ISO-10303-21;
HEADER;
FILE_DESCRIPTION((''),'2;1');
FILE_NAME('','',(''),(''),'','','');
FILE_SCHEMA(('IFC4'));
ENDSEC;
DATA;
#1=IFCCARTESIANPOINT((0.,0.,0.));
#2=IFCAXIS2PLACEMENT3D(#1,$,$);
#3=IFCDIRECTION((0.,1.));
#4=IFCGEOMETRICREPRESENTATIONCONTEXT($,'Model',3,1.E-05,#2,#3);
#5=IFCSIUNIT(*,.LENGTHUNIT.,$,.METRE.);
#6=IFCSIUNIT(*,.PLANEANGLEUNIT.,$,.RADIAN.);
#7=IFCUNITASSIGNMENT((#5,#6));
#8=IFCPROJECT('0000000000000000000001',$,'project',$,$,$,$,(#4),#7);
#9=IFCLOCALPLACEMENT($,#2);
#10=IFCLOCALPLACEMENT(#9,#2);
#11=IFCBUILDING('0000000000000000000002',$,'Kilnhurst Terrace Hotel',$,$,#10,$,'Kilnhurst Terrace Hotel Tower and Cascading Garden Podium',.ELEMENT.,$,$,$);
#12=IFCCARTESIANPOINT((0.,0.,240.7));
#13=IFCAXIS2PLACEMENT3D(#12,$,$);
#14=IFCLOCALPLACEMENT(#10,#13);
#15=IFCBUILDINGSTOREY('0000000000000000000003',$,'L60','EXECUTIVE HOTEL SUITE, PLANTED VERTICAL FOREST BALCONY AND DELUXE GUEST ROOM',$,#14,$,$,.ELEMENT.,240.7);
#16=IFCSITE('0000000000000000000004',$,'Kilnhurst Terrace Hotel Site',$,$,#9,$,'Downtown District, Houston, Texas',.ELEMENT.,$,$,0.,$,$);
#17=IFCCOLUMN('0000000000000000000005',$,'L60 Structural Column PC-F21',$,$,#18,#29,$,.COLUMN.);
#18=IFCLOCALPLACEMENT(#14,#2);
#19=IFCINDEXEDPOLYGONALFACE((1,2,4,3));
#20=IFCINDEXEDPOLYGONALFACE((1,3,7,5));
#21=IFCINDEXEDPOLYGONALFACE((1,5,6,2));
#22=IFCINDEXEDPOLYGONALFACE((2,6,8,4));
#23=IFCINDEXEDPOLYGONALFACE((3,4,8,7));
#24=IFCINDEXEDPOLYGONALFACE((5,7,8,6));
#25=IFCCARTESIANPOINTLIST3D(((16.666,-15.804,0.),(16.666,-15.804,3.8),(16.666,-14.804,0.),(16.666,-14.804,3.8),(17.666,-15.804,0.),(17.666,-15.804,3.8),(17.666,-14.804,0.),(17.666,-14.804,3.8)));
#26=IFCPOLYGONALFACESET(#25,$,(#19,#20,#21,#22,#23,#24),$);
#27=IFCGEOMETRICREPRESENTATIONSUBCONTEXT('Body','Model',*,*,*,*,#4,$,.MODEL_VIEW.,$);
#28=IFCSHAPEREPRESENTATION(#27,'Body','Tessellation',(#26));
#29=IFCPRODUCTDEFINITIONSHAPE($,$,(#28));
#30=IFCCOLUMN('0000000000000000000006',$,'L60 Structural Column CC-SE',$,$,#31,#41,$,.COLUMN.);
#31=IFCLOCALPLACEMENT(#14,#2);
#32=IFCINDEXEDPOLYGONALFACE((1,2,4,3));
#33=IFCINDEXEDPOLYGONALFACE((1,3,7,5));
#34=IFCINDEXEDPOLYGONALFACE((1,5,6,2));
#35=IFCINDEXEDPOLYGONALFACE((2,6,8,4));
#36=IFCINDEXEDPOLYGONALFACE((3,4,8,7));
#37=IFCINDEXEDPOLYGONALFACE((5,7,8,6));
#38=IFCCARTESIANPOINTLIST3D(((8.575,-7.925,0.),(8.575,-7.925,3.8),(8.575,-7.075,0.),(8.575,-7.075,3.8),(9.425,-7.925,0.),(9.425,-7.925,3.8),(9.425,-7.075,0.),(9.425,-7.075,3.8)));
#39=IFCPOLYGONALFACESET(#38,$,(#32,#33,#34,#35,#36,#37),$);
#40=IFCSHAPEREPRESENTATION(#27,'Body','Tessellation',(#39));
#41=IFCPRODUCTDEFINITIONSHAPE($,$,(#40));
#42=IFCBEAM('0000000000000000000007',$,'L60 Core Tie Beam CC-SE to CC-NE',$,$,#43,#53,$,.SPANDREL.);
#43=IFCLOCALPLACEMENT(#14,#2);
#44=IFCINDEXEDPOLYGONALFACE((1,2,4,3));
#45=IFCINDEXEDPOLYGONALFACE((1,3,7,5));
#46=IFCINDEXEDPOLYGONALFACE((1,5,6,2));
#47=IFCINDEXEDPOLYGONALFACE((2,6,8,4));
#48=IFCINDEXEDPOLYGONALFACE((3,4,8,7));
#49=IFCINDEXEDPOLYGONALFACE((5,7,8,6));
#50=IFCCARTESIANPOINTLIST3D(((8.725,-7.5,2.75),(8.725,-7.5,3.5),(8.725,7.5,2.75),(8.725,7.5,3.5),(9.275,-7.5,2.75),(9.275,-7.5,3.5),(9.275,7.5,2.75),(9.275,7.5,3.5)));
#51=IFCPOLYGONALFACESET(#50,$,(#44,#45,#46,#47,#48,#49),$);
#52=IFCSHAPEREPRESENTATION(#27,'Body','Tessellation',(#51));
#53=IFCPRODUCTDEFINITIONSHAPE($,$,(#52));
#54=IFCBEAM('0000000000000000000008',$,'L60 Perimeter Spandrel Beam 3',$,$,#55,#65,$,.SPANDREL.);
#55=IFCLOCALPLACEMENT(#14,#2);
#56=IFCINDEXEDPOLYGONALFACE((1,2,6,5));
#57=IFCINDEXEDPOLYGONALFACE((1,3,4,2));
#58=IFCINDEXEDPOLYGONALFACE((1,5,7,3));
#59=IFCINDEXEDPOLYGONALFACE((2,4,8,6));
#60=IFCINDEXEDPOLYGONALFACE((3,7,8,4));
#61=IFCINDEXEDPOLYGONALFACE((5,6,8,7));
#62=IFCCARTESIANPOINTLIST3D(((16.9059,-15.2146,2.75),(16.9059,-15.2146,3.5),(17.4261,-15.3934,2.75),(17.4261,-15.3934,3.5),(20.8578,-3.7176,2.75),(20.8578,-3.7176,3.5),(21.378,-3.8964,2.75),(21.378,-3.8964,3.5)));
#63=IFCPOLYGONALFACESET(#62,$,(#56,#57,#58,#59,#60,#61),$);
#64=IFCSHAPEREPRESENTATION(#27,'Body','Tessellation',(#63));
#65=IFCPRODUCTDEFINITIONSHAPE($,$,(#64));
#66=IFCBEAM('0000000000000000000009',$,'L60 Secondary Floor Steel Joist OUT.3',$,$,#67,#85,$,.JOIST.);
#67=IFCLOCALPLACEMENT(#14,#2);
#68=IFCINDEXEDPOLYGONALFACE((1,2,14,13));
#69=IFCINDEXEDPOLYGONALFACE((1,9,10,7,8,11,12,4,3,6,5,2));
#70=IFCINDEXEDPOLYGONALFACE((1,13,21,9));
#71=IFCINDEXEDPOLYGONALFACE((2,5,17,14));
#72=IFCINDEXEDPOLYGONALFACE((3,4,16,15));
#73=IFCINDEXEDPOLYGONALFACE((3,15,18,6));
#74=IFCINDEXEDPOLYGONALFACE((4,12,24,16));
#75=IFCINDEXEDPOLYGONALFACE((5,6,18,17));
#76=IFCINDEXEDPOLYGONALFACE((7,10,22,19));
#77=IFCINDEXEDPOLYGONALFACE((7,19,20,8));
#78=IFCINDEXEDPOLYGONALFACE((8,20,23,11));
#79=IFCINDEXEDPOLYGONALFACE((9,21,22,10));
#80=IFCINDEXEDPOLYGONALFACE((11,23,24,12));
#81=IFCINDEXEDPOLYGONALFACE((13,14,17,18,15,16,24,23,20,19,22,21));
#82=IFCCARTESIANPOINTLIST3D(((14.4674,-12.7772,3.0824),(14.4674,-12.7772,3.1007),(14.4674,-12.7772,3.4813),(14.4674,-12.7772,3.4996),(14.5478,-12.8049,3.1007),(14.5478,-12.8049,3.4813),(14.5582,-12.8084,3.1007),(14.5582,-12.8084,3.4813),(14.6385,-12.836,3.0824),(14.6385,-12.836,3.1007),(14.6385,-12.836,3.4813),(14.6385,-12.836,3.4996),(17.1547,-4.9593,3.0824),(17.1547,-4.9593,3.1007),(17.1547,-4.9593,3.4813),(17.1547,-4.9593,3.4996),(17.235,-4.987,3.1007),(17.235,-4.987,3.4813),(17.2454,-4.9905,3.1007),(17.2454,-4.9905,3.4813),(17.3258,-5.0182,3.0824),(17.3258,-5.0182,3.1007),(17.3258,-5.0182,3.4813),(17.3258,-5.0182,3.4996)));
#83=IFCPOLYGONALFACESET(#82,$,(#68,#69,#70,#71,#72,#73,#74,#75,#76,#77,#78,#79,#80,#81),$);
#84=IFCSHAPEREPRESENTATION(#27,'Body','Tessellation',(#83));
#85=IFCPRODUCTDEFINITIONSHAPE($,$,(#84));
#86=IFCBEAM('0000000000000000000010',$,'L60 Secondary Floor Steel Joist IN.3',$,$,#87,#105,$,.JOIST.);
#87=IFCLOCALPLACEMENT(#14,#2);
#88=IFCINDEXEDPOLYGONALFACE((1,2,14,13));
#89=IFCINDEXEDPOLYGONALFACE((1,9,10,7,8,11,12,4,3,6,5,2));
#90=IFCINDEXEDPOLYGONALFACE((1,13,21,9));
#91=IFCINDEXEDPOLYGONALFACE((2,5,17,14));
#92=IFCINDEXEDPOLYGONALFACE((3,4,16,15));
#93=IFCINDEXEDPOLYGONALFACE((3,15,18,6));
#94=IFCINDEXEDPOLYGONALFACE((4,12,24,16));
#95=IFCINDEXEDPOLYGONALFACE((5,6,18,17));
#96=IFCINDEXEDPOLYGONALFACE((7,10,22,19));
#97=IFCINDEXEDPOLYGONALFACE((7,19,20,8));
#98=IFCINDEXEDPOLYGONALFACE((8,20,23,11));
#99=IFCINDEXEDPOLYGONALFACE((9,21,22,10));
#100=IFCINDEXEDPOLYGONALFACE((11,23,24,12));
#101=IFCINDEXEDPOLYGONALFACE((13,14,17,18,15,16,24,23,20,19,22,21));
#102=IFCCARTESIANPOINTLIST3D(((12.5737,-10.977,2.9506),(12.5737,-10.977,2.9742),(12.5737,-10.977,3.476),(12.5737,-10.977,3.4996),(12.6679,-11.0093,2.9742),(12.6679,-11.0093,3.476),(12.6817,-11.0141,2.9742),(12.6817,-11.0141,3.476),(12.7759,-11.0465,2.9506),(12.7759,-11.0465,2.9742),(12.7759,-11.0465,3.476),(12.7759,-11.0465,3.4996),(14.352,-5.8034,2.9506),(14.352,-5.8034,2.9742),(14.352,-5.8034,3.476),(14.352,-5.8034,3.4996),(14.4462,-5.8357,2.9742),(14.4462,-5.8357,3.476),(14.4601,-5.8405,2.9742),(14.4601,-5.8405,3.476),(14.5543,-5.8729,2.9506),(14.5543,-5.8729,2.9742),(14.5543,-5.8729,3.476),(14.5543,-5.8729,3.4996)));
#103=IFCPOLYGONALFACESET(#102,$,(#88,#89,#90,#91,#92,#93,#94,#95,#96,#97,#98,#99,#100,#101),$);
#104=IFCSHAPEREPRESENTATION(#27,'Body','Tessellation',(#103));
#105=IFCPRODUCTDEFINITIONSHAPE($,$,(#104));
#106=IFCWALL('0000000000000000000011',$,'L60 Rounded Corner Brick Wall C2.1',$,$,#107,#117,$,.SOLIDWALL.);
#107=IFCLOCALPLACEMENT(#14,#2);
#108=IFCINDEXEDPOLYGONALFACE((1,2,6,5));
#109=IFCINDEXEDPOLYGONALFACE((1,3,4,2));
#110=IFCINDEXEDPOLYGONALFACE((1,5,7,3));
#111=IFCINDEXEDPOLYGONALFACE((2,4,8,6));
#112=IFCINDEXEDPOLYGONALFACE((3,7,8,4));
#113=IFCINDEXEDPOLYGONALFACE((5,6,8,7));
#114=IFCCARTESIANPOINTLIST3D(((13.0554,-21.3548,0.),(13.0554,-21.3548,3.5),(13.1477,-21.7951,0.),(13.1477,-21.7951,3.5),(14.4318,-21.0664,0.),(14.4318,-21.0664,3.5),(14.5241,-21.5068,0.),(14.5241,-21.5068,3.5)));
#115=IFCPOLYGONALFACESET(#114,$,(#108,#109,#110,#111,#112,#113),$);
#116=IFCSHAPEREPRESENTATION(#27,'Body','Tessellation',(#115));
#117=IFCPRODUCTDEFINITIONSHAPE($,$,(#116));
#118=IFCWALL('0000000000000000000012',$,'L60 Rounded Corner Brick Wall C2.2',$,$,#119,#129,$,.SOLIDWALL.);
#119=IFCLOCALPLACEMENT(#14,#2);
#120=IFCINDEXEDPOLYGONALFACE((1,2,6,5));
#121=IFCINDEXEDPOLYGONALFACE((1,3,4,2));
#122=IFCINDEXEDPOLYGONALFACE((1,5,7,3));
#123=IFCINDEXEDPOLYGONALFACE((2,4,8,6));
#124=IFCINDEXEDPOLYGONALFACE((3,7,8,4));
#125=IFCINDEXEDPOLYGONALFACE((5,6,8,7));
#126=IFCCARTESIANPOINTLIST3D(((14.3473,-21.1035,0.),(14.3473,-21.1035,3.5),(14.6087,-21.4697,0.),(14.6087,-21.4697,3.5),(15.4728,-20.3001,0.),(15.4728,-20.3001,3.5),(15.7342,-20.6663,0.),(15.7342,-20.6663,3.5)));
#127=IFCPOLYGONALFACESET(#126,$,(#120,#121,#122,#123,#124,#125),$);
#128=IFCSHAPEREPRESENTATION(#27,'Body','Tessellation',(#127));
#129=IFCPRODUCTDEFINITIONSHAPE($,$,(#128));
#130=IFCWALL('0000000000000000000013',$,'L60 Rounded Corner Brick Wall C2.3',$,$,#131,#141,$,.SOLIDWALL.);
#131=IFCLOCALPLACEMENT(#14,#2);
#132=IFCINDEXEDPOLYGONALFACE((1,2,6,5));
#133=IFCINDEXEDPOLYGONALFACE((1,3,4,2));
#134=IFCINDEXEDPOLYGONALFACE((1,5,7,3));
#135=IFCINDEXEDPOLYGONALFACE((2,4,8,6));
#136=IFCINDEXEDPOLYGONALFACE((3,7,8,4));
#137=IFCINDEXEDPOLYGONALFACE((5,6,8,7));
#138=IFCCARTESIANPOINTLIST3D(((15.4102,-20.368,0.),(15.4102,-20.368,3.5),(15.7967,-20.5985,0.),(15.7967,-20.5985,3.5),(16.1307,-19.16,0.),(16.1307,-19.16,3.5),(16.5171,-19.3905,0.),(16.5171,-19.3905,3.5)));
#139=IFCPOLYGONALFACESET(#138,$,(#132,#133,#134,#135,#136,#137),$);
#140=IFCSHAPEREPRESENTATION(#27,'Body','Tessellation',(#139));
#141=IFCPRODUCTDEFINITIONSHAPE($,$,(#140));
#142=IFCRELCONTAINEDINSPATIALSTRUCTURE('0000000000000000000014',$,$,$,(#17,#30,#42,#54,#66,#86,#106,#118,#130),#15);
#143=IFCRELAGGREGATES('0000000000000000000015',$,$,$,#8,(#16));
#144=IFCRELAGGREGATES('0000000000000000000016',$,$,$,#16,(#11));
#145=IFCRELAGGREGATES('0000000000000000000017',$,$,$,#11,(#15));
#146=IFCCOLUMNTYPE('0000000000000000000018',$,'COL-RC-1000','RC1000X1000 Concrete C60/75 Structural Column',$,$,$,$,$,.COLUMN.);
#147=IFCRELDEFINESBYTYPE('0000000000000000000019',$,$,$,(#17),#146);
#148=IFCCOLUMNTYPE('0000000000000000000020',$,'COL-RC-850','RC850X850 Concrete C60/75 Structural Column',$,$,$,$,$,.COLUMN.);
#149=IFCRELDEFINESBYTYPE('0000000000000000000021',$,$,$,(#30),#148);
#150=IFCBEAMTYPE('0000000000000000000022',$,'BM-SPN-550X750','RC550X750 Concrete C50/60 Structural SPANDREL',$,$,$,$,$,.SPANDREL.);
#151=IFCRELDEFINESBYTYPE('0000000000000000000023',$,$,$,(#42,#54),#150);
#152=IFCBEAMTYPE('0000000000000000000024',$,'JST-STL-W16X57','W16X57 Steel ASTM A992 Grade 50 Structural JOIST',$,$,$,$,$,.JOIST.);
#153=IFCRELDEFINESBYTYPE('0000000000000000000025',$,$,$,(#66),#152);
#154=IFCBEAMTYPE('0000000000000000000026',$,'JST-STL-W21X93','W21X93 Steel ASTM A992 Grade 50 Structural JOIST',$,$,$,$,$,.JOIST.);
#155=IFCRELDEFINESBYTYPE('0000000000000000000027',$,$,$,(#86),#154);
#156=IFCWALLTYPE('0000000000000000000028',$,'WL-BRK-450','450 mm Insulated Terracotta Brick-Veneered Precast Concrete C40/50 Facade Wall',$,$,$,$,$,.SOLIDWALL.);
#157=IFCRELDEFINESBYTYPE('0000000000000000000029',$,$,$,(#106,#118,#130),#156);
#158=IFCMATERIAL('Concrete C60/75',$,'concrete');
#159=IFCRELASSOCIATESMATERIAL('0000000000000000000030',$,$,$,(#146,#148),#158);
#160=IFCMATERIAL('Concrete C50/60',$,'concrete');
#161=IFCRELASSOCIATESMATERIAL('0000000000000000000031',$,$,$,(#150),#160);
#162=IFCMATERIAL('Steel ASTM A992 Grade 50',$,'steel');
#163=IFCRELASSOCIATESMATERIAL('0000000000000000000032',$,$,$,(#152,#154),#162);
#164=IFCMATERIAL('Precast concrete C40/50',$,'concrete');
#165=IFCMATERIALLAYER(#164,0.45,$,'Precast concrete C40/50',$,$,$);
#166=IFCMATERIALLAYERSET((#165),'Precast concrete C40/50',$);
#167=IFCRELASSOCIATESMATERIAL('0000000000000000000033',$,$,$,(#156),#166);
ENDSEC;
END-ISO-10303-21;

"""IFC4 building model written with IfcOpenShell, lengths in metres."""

from ifc_helpers import new_model, si_unit, direction, frame, frame_2d, origin, origin_2d, place, context, subcontext, project, spatial, rectangle, i_section, extrude, material, layer, layer_set, material_profile, profile_set, type_object, element, save


model = new_model("IFC4")

# Units and contexts
model_context = context("Model", 3, precision=1e-05, world=origin(), true_north=direction((0.0, 1.0)))
body_context = subcontext(model_context, "Body", "Model", "MODEL_VIEW")
ifc_project = project(units=[si_unit("LENGTHUNIT", "METRE"), si_unit("PLANEANGLEUNIT", "RADIAN")], contexts=[model_context])

# Site, building, storey
site_placement = place(None, origin())
site = spatial("IfcSite", under=ifc_project, at=site_placement, Name="Kilnhurst Terrace Hotel Site", LongName="Downtown District, Houston, Texas", CompositionType="ELEMENT", RefElevation=0.0)
building_placement = place(site_placement, origin())
building = spatial("IfcBuilding", under=site, at=building_placement, Name="Kilnhurst Terrace Hotel", LongName="Kilnhurst Terrace Hotel Tower and Cascading Garden Podium", CompositionType="ELEMENT")
storey_placement = place(building_placement, frame((0.0, 0.0, 240.7)))
storey = spatial("IfcBuildingStorey", under=building, at=storey_placement, Name="L60", Description="EXECUTIVE HOTEL SUITE, PLANTED VERTICAL FOREST BALCONY AND DELUXE GUEST ROOM", CompositionType="ELEMENT", Elevation=240.7)

# Columns
ifc_material_1 = material(Name="Concrete C60/75", Category="concrete")
ifc_material_profile_1 = material_profile(ifc_material_1, rectangle(XDim=1.0, YDim=1.0, at=origin_2d()), Name="RC1000X1000")
ifc_profile_set_1 = profile_set([ifc_material_profile_1], Name="Concrete C60/75")
column_type_1 = type_object("IfcColumnType", Name="COL-RC-1000", Description="RC1000X1000 Concrete C60/75 Structural Column", PredefinedType="COLUMN", material=ifc_profile_set_1)
column_1_placement = place(storey_placement, frame((17.166, -15.304, 0.0), z_axis=(0.0, 0.0, 1.0), x_axis=(1.0, 0.0, 0.0)))
element("IfcColumn", 1, at=column_1_placement, inside=storey, type_object=column_type_1, Name="L60 Structural Column PC-F21", PredefinedType="COLUMN", context=body_context, shape_type="SweptSolid", body=[
    extrude(rectangle(XDim=1.0, YDim=1.0, at=origin_2d()), origin(), (0.0, 0.0, 1.0), 3.8),
])
ifc_material_profile_2 = material_profile(ifc_material_1, rectangle(XDim=0.8501, YDim=0.8501, at=origin_2d()), Name="RC850X850")
ifc_profile_set_2 = profile_set([ifc_material_profile_2], Name="Concrete C60/75")
column_type_2 = type_object("IfcColumnType", Name="COL-RC-850", Description="RC850X850 Concrete C60/75 Structural Column", PredefinedType="COLUMN", material=ifc_profile_set_2)
column_2_placement = place(storey_placement, frame((9.0, -7.5, 0.0), z_axis=(0.0, 0.0, 1.0), x_axis=(1.0, 0.0, 0.0)))
element("IfcColumn", 2, at=column_2_placement, inside=storey, type_object=column_type_2, Name="L60 Structural Column CC-SE", PredefinedType="COLUMN", context=body_context, shape_type="SweptSolid", body=[
    extrude(rectangle(XDim=0.8501, YDim=0.8501, at=origin_2d()), origin(), (0.0, 0.0, 1.0), 3.8),
])

# Beams
ifc_material_2 = material(Name="Concrete C50/60", Category="concrete")
ifc_material_profile_3 = material_profile(ifc_material_2, rectangle(XDim=0.55, YDim=0.75, at=origin_2d()), Name="RC550X750")
ifc_profile_set_3 = profile_set([ifc_material_profile_3], Name="Concrete C50/60")
beam_type_1 = type_object("IfcBeamType", Name="BM-SPN-550X750", Description="RC550X750 Concrete C50/60 Structural SPANDREL", PredefinedType="SPANDREL", material=ifc_profile_set_3)
beam_1_placement = place(storey_placement, frame((9.0, -7.5, 3.125), z_axis=(0.0, 1.0, 0.0), x_axis=(-1.0, 0.0, 0.0)))
element("IfcBeam", 3, at=beam_1_placement, inside=storey, type_object=beam_type_1, Name="L60 Core Tie Beam CC-SE to CC-NE", PredefinedType="SPANDREL", context=body_context, shape_type="SweptSolid", body=[
    extrude(rectangle(XDim=0.55, YDim=0.75, at=origin_2d()), origin(), (0.0, 0.0, 1.0), 15.0),
])
beam_2_placement = place(storey_placement, frame((17.166, -15.304, 3.125), z_axis=(0.325064, 0.945692, 0.0), x_axis=(-0.945692, 0.325064, 0.0)))
element("IfcBeam", 4, at=beam_2_placement, inside=storey, type_object=beam_type_1, Name="L60 Perimeter Spandrel Beam 3", PredefinedType="SPANDREL", context=body_context, shape_type="SweptSolid", body=[
    extrude(rectangle(XDim=0.55, YDim=0.75, at=origin_2d()), origin(), (0.0, 0.0, 1.0), 12.1572),
])
ifc_material_3 = material(Name="Steel ASTM A992 Grade 50", Category="steel")
ifc_material_profile_4 = material_profile(ifc_material_3, i_section(OverallWidth=0.1809, OverallDepth=0.4172, WebThickness=0.011, FlangeThickness=0.0183, at=origin_2d()), Name="W16X57")
ifc_profile_set_4 = profile_set([ifc_material_profile_4], Name="Steel ASTM A992 Grade 50")
beam_type_2 = type_object("IfcBeamType", Name="JST-STL-W16X57", Description="W16X57 Steel ASTM A992 Grade 50 Structural JOIST", PredefinedType="JOIST", material=ifc_profile_set_4)
beam_3_placement = place(storey_placement, frame((14.553, -12.8066, 3.291), z_axis=(0.325065, 0.945692, 0.0), x_axis=(-0.945692, 0.325065, 0.0)))
element("IfcBeam", 5, at=beam_3_placement, inside=storey, type_object=beam_type_2, Name="L60 Secondary Floor Steel Joist OUT.3", PredefinedType="JOIST", context=body_context, shape_type="SweptSolid", body=[
    extrude(i_section(OverallWidth=0.1809, OverallDepth=0.4172, WebThickness=0.011, FlangeThickness=0.0183, at=origin_2d()), origin(), (0.0, 0.0, 1.0), 8.2668),
])
ifc_material_profile_5 = material_profile(ifc_material_3, i_section(OverallWidth=0.2139, OverallDepth=0.5491, WebThickness=0.0146, FlangeThickness=0.0237, at=origin_2d()), Name="W21X93")
ifc_profile_set_5 = profile_set([ifc_material_profile_5], Name="Steel ASTM A992 Grade 50")
beam_type_3 = type_object("IfcBeamType", Name="JST-STL-W21X93", Description="W21X93 Steel ASTM A992 Grade 50 Structural JOIST", PredefinedType="JOIST", material=ifc_profile_set_5)
beam_4_placement = place(storey_placement, frame((12.6748, -11.0117, 3.2251), z_axis=(0.325064, 0.945692, 0.0), x_axis=(-0.945692, 0.325064, 0.0)))
element("IfcBeam", 6, at=beam_4_placement, inside=storey, type_object=beam_type_3, Name="L60 Secondary Floor Steel Joist IN.3", PredefinedType="JOIST", context=body_context, shape_type="SweptSolid", body=[
    extrude(i_section(OverallWidth=0.2139, OverallDepth=0.5491, WebThickness=0.0146, FlangeThickness=0.0237, at=origin_2d()), origin(), (0.0, 0.0, 1.0), 5.4707),
])

# Walls
ifc_material_4 = material(Name="Precast concrete C40/50", Category="concrete")
ifc_layer_1 = layer(ifc_material_4, 0.45, Name="Precast concrete C40/50")
ifc_layer_set_1 = layer_set([ifc_layer_1], Name="Precast concrete C40/50")
wall_type_1 = type_object("IfcWallType", Name="WL-BRK-450", Description="450 mm Insulated Terracotta Brick-Veneered Precast Concrete C40/50 Facade Wall", PredefinedType="SOLIDWALL", material=ifc_layer_set_1)
wall_1_placement = place(storey_placement, frame((13.1016, -21.575, 0.0), z_axis=(0.0, 0.0, 1.0), x_axis=(0.978757, 0.205022, 0.0)))
element("IfcWall", 7, at=wall_1_placement, inside=storey, type_object=wall_type_1, Name="L60 Rounded Corner Brick Wall C2.1", PredefinedType="SOLIDWALL", context=body_context, shape_type="SweptSolid", body=[
    extrude(rectangle(XDim=1.4062, YDim=0.45, at=frame_2d((0.7031, 0.0))), origin(), (0.0, 0.0, 1.0), 3.5),
])
wall_2_placement = place(storey_placement, frame((14.478, -21.2866, 0.0), z_axis=(0.0, 0.0, 1.0), x_axis=(0.813889, 0.581021, 0.0)))
element("IfcWall", 8, at=wall_2_placement, inside=storey, type_object=wall_type_1, Name="L60 Rounded Corner Brick Wall C2.2", PredefinedType="SOLIDWALL", context=body_context, shape_type="SweptSolid", body=[
    extrude(rectangle(XDim=1.3828, YDim=0.45, at=frame_2d((0.6914, 0.0))), origin(), (0.0, 0.0, 1.0), 3.5),
])
wall_3_placement = place(storey_placement, frame((15.6035, -20.4832, 0.0), z_axis=(0.0, 0.0, 1.0), x_axis=(0.512222, 0.858853, 0.0)))
element("IfcWall", 9, at=wall_3_placement, inside=storey, type_object=wall_type_1, Name="L60 Rounded Corner Brick Wall C2.3", PredefinedType="SOLIDWALL", context=body_context, shape_type="SweptSolid", body=[
    extrude(rectangle(XDim=1.4065, YDim=0.45, at=frame_2d((0.7031, 0.0))), origin(), (0.0, 0.0, 1.0), 3.5),
])

save(model, "model.ifc")
